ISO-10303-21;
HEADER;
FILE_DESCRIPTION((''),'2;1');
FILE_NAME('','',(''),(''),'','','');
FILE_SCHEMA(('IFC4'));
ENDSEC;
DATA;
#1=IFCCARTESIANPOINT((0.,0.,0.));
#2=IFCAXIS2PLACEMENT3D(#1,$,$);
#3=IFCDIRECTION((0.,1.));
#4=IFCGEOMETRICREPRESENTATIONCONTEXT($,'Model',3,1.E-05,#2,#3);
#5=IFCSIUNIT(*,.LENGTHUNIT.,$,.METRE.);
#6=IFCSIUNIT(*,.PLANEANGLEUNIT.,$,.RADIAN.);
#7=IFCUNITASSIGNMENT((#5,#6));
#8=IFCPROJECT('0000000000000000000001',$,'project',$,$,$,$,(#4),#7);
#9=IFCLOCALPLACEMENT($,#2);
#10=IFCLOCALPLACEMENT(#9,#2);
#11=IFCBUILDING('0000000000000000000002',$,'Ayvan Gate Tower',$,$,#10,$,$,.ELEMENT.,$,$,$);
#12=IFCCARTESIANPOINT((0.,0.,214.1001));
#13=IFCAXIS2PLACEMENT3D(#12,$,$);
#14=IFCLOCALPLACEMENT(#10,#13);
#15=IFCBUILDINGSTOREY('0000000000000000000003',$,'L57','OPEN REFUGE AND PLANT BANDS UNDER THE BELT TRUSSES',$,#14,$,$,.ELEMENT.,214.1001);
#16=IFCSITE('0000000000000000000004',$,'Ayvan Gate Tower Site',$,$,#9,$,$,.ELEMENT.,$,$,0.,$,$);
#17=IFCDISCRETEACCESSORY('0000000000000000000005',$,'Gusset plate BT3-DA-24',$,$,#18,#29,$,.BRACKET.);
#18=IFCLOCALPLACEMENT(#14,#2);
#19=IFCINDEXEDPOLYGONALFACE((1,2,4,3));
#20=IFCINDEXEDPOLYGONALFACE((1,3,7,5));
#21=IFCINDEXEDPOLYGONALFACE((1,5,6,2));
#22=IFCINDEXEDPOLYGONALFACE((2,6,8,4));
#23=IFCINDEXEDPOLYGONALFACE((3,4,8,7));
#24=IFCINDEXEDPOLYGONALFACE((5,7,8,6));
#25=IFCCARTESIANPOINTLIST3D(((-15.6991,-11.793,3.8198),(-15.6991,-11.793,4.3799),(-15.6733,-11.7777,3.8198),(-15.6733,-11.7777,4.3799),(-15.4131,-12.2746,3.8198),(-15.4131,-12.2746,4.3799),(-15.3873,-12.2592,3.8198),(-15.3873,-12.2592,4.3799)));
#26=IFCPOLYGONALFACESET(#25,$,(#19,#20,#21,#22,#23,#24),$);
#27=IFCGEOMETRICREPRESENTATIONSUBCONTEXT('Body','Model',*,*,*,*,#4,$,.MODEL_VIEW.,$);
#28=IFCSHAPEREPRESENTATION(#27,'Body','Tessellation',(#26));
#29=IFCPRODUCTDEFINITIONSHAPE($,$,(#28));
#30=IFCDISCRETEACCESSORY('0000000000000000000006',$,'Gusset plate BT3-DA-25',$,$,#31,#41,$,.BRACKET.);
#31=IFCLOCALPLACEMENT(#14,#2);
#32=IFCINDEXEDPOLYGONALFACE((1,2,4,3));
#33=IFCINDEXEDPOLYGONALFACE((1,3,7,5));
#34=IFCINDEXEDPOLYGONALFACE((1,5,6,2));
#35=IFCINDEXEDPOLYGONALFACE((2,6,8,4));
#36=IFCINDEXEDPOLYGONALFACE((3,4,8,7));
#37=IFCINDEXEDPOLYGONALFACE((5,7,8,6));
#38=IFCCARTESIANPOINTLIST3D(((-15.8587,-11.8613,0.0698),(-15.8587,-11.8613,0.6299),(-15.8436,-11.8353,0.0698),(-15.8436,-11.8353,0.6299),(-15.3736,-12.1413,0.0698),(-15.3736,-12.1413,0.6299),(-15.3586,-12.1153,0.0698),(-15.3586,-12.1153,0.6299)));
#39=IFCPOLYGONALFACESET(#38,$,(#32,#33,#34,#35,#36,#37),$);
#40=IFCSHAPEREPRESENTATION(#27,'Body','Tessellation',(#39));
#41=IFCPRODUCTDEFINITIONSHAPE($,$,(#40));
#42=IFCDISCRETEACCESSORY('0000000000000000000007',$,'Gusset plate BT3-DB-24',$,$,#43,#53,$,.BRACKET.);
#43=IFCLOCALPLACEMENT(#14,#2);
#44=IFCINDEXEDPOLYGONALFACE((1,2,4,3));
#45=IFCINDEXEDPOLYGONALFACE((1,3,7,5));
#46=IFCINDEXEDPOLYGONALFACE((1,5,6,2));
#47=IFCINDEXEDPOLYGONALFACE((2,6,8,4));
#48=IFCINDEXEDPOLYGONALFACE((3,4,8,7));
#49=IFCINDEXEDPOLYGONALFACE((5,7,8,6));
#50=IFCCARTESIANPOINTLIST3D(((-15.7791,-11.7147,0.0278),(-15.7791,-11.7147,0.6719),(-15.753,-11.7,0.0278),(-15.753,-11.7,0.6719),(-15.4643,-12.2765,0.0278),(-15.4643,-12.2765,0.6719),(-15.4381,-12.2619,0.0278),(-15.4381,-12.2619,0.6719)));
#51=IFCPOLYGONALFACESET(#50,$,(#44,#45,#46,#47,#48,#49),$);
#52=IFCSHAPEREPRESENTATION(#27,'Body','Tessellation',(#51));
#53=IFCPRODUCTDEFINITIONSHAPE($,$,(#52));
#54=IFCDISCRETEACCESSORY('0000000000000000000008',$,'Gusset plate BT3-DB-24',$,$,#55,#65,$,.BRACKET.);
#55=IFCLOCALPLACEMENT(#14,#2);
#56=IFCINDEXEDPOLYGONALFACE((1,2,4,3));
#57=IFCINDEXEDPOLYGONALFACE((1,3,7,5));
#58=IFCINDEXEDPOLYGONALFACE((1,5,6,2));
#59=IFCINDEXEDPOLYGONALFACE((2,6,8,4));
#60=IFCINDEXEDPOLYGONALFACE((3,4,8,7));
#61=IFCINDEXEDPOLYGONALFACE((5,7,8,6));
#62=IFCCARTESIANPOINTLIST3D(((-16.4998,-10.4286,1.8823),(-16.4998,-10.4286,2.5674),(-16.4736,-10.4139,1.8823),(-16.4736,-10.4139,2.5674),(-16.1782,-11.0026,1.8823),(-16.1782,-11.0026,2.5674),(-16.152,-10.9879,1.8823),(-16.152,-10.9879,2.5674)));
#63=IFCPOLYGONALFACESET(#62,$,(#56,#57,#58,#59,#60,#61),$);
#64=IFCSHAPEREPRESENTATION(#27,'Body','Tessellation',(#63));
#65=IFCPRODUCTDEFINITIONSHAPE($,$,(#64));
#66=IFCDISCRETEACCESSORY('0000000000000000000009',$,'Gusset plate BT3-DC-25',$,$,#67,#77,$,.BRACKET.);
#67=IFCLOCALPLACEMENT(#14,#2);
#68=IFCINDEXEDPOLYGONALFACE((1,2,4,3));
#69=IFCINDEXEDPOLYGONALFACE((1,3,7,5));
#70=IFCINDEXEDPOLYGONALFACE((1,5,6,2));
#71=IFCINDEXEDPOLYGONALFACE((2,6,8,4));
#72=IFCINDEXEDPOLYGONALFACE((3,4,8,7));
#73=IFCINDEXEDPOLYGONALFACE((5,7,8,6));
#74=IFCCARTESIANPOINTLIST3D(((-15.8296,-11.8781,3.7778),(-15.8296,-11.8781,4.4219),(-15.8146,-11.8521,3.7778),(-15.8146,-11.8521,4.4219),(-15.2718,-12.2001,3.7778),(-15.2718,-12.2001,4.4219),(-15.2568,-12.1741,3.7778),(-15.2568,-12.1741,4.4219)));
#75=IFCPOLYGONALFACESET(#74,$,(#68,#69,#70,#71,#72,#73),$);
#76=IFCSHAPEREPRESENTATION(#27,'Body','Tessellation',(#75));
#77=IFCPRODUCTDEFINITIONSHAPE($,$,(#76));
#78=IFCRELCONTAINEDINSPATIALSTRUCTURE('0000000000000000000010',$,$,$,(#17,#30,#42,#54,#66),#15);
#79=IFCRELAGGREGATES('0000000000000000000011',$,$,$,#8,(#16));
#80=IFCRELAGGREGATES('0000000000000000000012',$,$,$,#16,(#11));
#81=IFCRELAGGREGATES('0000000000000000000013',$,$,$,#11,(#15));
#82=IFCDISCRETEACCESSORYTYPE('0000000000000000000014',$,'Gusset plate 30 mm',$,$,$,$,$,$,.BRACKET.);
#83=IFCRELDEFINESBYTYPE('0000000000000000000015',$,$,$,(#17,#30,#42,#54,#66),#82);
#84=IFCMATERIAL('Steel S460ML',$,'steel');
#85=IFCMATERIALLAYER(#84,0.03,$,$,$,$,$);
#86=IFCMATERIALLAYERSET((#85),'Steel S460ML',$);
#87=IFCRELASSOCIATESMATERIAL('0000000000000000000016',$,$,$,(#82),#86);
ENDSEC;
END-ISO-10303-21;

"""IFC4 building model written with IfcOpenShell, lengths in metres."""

from ifc_helpers import new_model, si_unit, direction, frame, origin, origin_2d, place, context, subcontext, project, spatial, rectangle, extrude, material, layer, layer_set, type_object, element, save


model = new_model("IFC4")

# Units and contexts
model_context = context("Model", 3, precision=1e-05, world=origin(), true_north=direction((0.0, 1.0)))
body_context = subcontext(model_context, "Body", "Model", "MODEL_VIEW")
ifc_project = project(units=[si_unit("LENGTHUNIT", "METRE"), si_unit("PLANEANGLEUNIT", "RADIAN")], contexts=[model_context])

# Site, building, storey
site_placement = place(None, origin())
site = spatial("IfcSite", under=ifc_project, at=site_placement, Name="Ayvan Gate Tower Site", CompositionType="ELEMENT", RefElevation=0.0)
building_placement = place(site_placement, origin())
building = spatial("IfcBuilding", under=site, at=building_placement, Name="Ayvan Gate Tower", CompositionType="ELEMENT")
storey_placement = place(building_placement, frame((0.0, 0.0, 214.1001)))
storey = spatial("IfcBuildingStorey", under=building, at=storey_placement, Name="L57", Description="OPEN REFUGE AND PLANT BANDS UNDER THE BELT TRUSSES", CompositionType="ELEMENT", Elevation=214.1001)

# Shared definitions
ifc_material_1 = material(Name="Steel S460ML", Category="steel")

# Discrete accessories
ifc_layer_1 = layer(ifc_material_1, 0.03)
ifc_layer_set_1 = layer_set([ifc_layer_1], Name="Steel S460ML")
discrete_accessory_type = type_object("IfcDiscreteAccessoryType", Name="Gusset plate 30 mm", PredefinedType="BRACKET", material=ifc_layer_set_1)
for number, where, z_axis, x_axis, name in (
    (1, (-15.5432, -12.0261, 3.8198), (0.0, 0.0, 1.0), (-0.510637, 0.859796, 0.0), "Gusset plate BT3-DA-24"),
    (2, (-15.6086, -11.9883, 0.0698), (0.0, 0.0, 1.0), (-0.866025, 0.5, 0.0), "Gusset plate BT3-DA-25"),
):
    element("IfcDiscreteAccessory", number, at=place(storey_placement, frame(where, z_axis=z_axis, x_axis=x_axis)), inside=storey, type_object=discrete_accessory_type, Name=name, PredefinedType="BRACKET", context=body_context, shape_type="SweptSolid", body=[
        extrude(rectangle(XDim=0.5601, YDim=0.03, at=origin_2d()), origin(), (0.0, 0.0, 1.0), 0.5601),
    ])
discrete_accessory_1_placement = place(storey_placement, frame((-15.6086, -11.9883, 0.0278), z_axis=(0.0, 0.0, 1.0), x_axis=(-0.488807, 0.872392, 0.0)))
element("IfcDiscreteAccessory", 3, at=discrete_accessory_1_placement, inside=storey, type_object=discrete_accessory_type, Name="Gusset plate BT3-DB-24", PredefinedType="BRACKET", context=body_context, shape_type="SweptSolid", body=[
    extrude(rectangle(XDim=0.644, YDim=0.03, at=origin_2d()), origin(), (0.0, 0.0, 1.0), 0.644),
])
discrete_accessory_2_placement = place(storey_placement, frame((-16.3259, -10.7083, 1.8823), z_axis=(0.0, 0.0, 1.0), x_axis=(-0.488807, 0.872392, 0.0)))
element("IfcDiscreteAccessory", 4, at=discrete_accessory_2_placement, inside=storey, type_object=discrete_accessory_type, Name="Gusset plate BT3-DB-24", PredefinedType="BRACKET", context=body_context, shape_type="SweptSolid", body=[
    extrude(rectangle(XDim=0.658, YDim=0.03, at=origin_2d()), origin(), (0.0, 0.0, 1.0), 0.6851),
])
discrete_accessory_3_placement = place(storey_placement, frame((-15.5432, -12.0261, 3.7778), z_axis=(0.0, 0.0, 1.0), x_axis=(-0.866025, 0.5, 0.0)))
element("IfcDiscreteAccessory", 5, at=discrete_accessory_3_placement, inside=storey, type_object=discrete_accessory_type, Name="Gusset plate BT3-DC-25", PredefinedType="BRACKET", context=body_context, shape_type="SweptSolid", body=[
    extrude(rectangle(XDim=0.644, YDim=0.03, at=origin_2d()), origin(), (0.0, 0.0, 1.0), 0.644),
])

save(model, "model.ifc")
